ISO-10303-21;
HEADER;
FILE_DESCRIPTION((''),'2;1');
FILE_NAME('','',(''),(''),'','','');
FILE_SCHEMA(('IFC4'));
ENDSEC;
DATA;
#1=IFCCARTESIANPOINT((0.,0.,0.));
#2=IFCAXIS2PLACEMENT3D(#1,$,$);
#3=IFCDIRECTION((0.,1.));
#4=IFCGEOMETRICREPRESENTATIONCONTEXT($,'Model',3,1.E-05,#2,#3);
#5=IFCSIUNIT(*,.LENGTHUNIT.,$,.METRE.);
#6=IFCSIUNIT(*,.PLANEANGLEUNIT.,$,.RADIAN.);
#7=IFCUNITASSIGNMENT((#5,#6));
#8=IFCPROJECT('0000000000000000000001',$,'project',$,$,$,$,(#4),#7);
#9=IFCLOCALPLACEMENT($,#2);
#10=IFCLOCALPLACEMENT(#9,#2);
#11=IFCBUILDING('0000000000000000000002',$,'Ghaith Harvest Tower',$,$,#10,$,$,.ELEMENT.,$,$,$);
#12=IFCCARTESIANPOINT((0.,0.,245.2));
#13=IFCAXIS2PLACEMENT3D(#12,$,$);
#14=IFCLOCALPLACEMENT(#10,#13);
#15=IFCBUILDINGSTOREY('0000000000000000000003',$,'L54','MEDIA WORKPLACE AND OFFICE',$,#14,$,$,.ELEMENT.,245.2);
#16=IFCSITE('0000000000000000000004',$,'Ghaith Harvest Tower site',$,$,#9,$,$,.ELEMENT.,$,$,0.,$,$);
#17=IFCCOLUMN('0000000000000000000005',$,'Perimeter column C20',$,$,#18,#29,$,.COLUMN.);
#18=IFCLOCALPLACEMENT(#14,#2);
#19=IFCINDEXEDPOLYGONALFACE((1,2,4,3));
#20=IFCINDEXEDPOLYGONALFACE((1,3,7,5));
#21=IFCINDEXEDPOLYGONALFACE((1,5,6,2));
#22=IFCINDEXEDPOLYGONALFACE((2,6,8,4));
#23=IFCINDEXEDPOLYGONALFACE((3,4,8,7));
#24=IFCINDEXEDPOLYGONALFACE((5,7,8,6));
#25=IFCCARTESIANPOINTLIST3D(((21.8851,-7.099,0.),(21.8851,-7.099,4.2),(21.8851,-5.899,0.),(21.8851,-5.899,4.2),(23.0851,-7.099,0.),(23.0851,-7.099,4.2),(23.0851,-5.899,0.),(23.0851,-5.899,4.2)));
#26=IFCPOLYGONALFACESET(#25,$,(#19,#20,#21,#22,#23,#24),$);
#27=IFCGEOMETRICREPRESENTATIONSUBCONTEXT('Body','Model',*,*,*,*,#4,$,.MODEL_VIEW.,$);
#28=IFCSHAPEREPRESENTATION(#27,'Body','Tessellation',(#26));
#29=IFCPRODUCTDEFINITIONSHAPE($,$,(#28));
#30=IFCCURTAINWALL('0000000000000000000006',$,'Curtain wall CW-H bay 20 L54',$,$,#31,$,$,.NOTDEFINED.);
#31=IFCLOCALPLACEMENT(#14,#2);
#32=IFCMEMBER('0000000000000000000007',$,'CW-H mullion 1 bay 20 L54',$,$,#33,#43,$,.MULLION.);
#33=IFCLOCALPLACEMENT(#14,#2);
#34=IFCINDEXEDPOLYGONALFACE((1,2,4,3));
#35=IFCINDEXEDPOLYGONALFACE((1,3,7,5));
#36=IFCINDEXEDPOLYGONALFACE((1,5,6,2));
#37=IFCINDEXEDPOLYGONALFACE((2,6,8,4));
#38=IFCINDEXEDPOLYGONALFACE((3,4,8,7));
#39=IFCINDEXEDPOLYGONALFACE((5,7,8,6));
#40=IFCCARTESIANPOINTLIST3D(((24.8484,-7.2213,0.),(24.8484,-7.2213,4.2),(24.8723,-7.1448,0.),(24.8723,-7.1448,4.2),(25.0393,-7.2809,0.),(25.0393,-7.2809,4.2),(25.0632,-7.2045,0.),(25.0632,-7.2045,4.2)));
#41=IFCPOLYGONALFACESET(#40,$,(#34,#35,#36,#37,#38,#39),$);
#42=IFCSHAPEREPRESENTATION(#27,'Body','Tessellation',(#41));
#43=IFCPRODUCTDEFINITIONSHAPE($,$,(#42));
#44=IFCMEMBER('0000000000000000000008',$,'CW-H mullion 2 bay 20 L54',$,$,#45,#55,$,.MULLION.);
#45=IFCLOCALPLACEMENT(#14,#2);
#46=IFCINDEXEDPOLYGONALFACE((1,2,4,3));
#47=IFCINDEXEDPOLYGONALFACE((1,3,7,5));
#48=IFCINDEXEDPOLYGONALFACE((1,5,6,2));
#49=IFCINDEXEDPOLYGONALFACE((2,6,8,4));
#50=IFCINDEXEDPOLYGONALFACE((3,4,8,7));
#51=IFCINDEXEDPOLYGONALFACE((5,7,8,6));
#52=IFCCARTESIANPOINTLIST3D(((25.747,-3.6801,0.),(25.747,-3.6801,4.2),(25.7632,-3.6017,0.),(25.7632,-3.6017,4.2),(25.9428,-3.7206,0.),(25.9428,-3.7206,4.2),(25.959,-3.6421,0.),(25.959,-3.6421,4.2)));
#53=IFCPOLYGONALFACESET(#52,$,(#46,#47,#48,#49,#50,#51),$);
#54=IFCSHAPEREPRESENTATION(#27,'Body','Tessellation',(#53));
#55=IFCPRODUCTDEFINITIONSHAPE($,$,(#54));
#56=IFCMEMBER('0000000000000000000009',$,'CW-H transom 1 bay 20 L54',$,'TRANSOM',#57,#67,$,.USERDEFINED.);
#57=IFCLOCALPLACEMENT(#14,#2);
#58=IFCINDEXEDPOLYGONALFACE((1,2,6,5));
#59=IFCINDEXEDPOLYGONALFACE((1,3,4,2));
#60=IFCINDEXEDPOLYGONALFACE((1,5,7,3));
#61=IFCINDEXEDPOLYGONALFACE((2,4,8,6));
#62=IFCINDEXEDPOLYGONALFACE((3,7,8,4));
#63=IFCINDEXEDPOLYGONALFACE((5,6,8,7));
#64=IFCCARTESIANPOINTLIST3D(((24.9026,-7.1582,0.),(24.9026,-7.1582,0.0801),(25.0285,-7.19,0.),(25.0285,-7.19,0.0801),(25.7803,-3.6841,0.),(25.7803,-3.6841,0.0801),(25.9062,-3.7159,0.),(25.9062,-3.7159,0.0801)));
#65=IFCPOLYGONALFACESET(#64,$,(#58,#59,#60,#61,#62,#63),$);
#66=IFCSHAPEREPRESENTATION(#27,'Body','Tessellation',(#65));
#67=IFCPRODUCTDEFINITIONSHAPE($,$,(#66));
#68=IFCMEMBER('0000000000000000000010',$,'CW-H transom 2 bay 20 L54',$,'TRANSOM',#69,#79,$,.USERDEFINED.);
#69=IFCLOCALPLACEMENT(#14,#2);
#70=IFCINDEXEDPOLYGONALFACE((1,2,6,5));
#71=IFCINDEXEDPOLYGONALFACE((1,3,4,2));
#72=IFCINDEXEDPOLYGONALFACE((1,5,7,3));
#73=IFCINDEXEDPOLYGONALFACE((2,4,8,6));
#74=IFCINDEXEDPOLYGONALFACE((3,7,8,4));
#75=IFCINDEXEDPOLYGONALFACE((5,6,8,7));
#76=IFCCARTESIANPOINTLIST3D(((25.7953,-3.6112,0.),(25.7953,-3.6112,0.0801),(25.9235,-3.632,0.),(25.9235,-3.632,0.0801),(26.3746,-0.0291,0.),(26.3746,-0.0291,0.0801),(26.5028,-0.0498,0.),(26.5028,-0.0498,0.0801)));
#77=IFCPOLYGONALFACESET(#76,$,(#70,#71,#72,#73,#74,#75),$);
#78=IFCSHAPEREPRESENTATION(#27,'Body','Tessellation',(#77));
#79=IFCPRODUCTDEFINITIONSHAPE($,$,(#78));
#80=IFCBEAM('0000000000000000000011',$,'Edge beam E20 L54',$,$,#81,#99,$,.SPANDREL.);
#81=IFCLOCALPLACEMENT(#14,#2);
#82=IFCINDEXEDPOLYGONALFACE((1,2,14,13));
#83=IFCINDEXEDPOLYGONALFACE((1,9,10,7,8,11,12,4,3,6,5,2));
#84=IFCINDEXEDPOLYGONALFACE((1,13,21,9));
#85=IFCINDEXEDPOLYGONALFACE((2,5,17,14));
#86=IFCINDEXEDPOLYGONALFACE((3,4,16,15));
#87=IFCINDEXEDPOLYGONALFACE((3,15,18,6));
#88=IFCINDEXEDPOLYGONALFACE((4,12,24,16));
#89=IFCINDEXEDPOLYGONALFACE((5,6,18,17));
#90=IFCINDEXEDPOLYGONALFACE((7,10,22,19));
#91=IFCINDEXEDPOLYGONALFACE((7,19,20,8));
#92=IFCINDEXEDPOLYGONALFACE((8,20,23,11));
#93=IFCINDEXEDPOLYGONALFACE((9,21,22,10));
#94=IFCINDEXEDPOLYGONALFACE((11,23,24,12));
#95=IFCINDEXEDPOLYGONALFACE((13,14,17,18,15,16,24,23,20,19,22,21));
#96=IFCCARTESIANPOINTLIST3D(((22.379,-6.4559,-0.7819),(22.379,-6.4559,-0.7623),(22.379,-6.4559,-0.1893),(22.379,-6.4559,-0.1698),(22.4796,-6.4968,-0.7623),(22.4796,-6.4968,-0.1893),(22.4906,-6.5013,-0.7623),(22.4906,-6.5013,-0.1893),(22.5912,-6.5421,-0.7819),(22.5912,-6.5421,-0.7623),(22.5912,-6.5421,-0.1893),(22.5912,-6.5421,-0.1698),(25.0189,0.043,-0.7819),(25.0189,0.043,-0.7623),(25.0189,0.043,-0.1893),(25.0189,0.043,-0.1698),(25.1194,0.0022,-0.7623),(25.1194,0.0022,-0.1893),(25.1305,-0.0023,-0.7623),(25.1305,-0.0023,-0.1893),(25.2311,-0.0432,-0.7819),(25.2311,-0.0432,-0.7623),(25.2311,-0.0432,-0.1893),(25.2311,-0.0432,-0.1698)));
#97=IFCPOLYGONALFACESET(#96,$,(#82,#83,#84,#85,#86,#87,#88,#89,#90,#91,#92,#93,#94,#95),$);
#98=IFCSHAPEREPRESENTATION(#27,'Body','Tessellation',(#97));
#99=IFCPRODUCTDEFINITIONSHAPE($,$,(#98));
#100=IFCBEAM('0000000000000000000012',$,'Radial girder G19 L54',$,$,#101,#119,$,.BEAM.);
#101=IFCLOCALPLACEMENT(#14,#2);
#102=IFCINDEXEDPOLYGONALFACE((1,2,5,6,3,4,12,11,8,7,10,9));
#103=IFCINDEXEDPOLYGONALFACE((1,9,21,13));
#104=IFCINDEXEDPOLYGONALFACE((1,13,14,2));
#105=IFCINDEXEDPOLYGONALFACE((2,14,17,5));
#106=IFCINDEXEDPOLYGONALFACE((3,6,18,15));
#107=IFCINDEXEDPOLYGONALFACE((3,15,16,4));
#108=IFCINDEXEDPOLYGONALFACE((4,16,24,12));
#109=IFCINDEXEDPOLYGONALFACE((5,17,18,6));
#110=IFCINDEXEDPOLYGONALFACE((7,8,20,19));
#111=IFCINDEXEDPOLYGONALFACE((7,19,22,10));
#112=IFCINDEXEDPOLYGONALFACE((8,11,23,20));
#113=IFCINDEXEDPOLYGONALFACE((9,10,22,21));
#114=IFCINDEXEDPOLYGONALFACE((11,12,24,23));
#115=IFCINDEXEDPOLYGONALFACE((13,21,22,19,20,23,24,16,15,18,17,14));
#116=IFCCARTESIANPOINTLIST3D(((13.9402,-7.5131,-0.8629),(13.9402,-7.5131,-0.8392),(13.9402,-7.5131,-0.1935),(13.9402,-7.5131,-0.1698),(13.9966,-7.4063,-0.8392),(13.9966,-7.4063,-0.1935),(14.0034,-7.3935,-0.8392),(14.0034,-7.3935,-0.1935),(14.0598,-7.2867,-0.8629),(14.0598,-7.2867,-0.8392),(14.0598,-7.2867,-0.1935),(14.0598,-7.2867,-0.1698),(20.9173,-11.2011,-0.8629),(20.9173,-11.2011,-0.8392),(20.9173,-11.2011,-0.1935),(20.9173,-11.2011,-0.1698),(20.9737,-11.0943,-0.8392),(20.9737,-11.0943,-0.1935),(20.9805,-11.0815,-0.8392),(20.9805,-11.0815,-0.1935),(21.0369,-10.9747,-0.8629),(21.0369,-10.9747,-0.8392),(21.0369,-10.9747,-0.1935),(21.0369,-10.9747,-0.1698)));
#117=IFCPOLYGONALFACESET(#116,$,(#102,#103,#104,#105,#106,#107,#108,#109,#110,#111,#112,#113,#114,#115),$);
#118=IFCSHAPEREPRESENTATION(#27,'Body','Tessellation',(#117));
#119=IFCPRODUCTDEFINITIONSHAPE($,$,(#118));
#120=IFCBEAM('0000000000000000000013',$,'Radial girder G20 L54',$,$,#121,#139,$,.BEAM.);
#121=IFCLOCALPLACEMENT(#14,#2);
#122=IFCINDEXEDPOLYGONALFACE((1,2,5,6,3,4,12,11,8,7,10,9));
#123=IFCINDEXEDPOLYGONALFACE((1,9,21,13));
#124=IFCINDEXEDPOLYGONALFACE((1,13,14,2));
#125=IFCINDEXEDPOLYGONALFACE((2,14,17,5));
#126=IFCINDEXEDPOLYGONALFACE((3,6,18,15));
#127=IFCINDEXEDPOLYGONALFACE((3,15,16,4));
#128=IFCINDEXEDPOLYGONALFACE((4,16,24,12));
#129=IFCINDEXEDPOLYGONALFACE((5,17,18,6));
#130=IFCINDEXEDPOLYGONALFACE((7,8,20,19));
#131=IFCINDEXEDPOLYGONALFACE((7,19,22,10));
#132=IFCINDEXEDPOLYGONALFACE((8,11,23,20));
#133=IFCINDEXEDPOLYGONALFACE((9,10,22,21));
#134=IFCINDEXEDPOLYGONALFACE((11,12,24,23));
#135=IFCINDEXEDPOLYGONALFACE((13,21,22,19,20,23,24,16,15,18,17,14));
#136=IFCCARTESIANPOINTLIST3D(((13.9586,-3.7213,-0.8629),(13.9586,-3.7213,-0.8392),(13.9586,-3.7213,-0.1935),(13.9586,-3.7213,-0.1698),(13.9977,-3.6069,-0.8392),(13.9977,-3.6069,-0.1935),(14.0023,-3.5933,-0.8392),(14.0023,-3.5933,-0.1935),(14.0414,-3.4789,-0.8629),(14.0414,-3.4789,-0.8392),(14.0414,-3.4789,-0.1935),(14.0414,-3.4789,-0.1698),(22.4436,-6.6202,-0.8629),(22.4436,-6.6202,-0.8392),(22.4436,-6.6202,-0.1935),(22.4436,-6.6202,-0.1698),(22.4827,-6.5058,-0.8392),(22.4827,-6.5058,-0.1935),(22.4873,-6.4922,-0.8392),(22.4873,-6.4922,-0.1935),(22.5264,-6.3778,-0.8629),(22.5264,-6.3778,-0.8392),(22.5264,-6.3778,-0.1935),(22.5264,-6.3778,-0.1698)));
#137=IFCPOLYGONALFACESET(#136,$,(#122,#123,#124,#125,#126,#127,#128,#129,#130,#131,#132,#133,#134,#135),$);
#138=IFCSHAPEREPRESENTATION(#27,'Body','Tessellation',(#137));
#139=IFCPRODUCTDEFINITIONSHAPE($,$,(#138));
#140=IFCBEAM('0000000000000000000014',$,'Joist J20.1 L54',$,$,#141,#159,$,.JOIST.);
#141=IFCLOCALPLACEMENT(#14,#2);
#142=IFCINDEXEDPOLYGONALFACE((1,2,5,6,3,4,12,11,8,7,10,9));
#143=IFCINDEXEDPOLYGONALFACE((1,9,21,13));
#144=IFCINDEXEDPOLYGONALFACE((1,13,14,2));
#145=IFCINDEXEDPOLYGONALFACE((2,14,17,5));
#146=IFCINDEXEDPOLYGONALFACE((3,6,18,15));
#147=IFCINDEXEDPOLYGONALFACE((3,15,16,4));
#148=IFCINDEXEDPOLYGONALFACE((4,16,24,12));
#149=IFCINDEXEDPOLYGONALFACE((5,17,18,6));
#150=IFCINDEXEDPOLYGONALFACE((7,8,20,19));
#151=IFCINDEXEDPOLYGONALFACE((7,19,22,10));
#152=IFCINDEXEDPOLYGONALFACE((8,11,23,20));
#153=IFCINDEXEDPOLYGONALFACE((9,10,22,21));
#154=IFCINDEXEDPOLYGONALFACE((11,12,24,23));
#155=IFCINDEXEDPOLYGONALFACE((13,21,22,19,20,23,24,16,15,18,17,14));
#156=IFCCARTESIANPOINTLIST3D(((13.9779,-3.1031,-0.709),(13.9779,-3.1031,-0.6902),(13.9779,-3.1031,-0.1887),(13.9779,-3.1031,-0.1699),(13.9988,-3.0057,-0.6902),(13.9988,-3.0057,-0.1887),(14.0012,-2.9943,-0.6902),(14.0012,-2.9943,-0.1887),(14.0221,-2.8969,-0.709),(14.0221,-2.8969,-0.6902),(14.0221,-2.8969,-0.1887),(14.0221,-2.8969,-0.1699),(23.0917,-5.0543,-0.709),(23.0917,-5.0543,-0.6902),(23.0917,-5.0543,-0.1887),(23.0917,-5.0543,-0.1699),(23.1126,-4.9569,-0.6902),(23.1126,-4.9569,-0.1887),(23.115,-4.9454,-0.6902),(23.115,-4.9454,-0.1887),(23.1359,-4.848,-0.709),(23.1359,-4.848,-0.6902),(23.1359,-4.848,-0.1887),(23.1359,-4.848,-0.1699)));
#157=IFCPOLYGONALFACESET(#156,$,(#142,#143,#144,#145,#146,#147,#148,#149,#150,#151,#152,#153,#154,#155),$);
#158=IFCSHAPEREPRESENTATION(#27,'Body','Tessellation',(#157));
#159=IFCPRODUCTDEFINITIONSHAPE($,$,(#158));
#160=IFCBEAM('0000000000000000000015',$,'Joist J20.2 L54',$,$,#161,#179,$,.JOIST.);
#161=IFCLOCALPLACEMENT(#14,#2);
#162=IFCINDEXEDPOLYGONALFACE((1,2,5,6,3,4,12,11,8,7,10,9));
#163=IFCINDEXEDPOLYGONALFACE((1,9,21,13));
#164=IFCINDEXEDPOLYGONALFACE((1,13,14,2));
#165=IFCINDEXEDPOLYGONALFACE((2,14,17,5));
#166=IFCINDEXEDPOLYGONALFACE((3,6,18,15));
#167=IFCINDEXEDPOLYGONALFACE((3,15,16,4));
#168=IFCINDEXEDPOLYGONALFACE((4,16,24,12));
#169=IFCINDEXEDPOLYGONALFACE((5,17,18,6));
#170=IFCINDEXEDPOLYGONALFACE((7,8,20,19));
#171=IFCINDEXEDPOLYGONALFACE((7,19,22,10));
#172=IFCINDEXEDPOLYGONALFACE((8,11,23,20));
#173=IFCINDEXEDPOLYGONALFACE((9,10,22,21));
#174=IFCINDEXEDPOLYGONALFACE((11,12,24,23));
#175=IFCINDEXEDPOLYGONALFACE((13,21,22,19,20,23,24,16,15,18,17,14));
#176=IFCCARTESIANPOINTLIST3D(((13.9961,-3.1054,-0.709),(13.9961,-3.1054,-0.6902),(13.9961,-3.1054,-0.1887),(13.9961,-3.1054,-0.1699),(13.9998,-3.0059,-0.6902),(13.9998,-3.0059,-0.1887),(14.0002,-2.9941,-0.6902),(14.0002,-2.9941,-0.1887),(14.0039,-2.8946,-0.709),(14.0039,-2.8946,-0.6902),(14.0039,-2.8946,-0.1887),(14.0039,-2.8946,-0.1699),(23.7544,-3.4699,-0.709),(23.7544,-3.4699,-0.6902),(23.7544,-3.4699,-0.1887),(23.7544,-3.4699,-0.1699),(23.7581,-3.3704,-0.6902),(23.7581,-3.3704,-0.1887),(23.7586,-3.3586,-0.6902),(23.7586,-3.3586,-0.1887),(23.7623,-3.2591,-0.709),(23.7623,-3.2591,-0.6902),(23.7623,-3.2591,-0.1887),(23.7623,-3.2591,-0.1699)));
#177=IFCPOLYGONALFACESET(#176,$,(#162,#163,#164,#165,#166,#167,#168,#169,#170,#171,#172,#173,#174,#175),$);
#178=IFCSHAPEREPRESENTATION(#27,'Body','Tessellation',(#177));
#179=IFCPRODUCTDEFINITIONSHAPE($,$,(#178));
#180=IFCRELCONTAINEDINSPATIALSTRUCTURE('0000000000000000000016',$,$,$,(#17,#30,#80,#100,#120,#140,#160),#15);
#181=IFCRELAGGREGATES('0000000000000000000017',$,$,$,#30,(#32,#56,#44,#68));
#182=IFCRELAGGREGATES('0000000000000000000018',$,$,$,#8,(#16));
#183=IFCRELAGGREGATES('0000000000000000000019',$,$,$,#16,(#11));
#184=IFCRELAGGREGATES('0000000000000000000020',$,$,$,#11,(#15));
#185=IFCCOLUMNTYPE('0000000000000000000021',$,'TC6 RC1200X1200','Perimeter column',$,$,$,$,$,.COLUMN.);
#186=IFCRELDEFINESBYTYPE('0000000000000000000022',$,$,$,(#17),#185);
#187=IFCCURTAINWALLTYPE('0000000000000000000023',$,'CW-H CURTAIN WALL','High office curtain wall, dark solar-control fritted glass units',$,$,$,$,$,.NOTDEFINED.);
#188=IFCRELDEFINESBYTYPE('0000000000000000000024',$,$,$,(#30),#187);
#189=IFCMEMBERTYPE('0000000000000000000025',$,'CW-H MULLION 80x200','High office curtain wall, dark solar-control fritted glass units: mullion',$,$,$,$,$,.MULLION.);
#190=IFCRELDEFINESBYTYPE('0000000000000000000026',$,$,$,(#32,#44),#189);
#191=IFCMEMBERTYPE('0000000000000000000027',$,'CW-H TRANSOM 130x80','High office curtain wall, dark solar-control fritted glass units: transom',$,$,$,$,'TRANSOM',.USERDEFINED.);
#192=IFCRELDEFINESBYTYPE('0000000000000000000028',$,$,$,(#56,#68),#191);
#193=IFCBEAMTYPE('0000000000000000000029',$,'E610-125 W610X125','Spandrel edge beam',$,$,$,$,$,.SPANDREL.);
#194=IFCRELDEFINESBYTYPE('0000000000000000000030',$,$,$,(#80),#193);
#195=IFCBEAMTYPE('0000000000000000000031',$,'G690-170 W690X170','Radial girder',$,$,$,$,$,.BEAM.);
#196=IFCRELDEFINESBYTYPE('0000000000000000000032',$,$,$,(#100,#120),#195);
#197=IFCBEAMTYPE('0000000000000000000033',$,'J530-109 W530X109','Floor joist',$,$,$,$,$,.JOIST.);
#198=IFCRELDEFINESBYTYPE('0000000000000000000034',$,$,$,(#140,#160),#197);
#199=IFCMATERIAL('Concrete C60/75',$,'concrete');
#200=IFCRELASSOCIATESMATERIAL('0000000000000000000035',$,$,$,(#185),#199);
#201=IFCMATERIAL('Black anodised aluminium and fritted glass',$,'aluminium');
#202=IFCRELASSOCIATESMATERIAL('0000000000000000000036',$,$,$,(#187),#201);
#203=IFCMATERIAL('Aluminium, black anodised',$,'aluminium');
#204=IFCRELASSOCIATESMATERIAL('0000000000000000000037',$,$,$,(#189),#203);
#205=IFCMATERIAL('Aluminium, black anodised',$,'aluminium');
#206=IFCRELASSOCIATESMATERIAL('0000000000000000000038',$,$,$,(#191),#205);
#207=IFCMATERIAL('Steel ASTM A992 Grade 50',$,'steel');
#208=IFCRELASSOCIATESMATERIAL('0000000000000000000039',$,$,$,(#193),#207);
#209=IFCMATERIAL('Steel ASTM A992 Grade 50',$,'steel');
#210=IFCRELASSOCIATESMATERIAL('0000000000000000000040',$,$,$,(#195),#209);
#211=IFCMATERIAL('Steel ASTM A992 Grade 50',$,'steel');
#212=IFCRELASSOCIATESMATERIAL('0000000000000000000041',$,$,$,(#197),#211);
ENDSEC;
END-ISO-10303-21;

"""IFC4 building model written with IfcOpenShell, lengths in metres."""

from ifc_helpers import new_model, si_unit, direction, frame, origin, origin_2d, place, context, subcontext, project, spatial, rectangle, i_section, extrude, material, material_profile, profile_set, type_object, element, aggregate, save


model = new_model("IFC4")

# Units and contexts
model_context = context("Model", 3, precision=1e-05, world=origin(), true_north=direction((0.0, 1.0)))
body_context = subcontext(model_context, "Body", "Model", "MODEL_VIEW")
ifc_project = project(units=[si_unit("LENGTHUNIT", "METRE"), si_unit("PLANEANGLEUNIT", "RADIAN")], contexts=[model_context])

# Site, building, storey
site_placement = place(None, origin())
site = spatial("IfcSite", under=ifc_project, at=site_placement, Name="Ghaith Harvest Tower site", CompositionType="ELEMENT", RefElevation=0.0)
building_placement = place(site_placement, origin())
building = spatial("IfcBuilding", under=site, at=building_placement, Name="Ghaith Harvest Tower", CompositionType="ELEMENT")
storey_placement = place(building_placement, frame((0.0, 0.0, 245.2)))
storey = spatial("IfcBuildingStorey", under=building, at=storey_placement, Name="L54", Description="MEDIA WORKPLACE AND OFFICE", CompositionType="ELEMENT", Elevation=245.2)

# Column
ifc_material_1 = material(Name="Concrete C60/75", Category="concrete")
ifc_material_profile_1 = material_profile(ifc_material_1, rectangle(XDim=1.2, YDim=1.2, at=origin_2d()), Name="RC1200X1200")
ifc_profile_set_1 = profile_set([ifc_material_profile_1], Name="Concrete C60/75")
column_type = type_object("IfcColumnType", Name="TC6 RC1200X1200", Description="Perimeter column", PredefinedType="COLUMN", material=ifc_profile_set_1)
column_placement = place(storey_placement, frame((22.4851, -6.499, 0.0), z_axis=(0.0, 0.0, 1.0), x_axis=(1.0, 0.0, 0.0)))
element("IfcColumn", 1, at=column_placement, inside=storey, type_object=column_type, Name="Perimeter column C20", PredefinedType="COLUMN", context=body_context, shape_type="SweptSolid", body=[
    extrude(rectangle(XDim=1.2, YDim=1.2, at=origin_2d()), origin(), (0.0, 0.0, 1.0), 4.2),
])

# Curtain wall, members
ifc_material_2 = material(Name="Black anodised aluminium and fritted glass", Category="aluminium")
curtain_wall_type = type_object("IfcCurtainWallType", Name="CW-H CURTAIN WALL", Description="High office curtain wall, dark solar-control fritted glass units", PredefinedType="NOTDEFINED", material=ifc_material_2)
curtain_wall_1_placement = place(storey_placement, origin())
curtain_wall_1 = element("IfcCurtainWall", 2, at=curtain_wall_1_placement, inside=storey, type_object=curtain_wall_type, Name="Curtain wall CW-H bay 20 L54", PredefinedType="NOTDEFINED")
ifc_material_3 = material(Name="Aluminium, black anodised", Category="aluminium")
ifc_material_profile_2 = material_profile(ifc_material_3, rectangle(XDim=0.0801, YDim=0.2, at=origin_2d()), Name="CW-H MULLION 80x200")
ifc_profile_set_2 = profile_set([ifc_material_profile_2], Name="Aluminium, black anodised")
member_type_1 = type_object("IfcMemberType", Name="CW-H MULLION 80x200", Description="High office curtain wall, dark solar-control fritted glass units: mullion", PredefinedType="MULLION", material=ifc_profile_set_2)
member_1_placement = place(storey_placement, frame((24.9558, -7.2129, 0.0), z_axis=(0.0, 0.0, 1.0), x_axis=(0.298442, 0.954428, 0.0)))
member_1 = element("IfcMember", 3, at=member_1_placement, type_object=member_type_1, Name="CW-H mullion 1 bay 20 L54", PredefinedType="MULLION", context=body_context, shape_type="SweptSolid", body=[
    extrude(rectangle(XDim=0.0801, YDim=0.2, at=origin_2d()), origin(), (0.0, 0.0, 1.0), 4.2),
])
member_2_placement = place(storey_placement, frame((25.853, -3.6611, 0.0), z_axis=(0.0, 0.0, 1.0), x_axis=(0.202192, 0.979346, 0.0)))
member_2 = element("IfcMember", 4, at=member_2_placement, type_object=member_type_1, Name="CW-H mullion 2 bay 20 L54", PredefinedType="MULLION", context=body_context, shape_type="SweptSolid", body=[
    extrude(rectangle(XDim=0.0801, YDim=0.2, at=origin_2d()), origin(), (0.0, 0.0, 1.0), 4.2),
])
ifc_material_4 = material(Name="Aluminium, black anodised", Category="aluminium")
ifc_material_profile_3 = material_profile(ifc_material_4, rectangle(XDim=0.1299, YDim=0.0801, at=origin_2d()), Name="CW-H TRANSOM 130x80")
ifc_profile_set_3 = profile_set([ifc_material_profile_3], Name="Aluminium, black anodised")
member_type_2 = type_object("IfcMemberType", Name="CW-H TRANSOM 130x80", Description="High office curtain wall, dark solar-control fritted glass units: transom", ElementType="TRANSOM", PredefinedType="USERDEFINED", material=ifc_profile_set_3)
member_3_placement = place(storey_placement, frame((24.9656, -7.1741, 0.04), z_axis=(0.24494, 0.969538, 0.0), x_axis=(-0.969538, 0.24494, 0.0)))
member_3 = element("IfcMember", 5, at=member_3_placement, type_object=member_type_2, Name="CW-H transom 1 bay 20 L54", ObjectType="TRANSOM", PredefinedType="USERDEFINED", context=body_context, shape_type="SweptSolid", body=[
    extrude(rectangle(XDim=0.1299, YDim=0.0801, at=origin_2d()), origin(), (0.0, 0.0, 1.0), 3.5833),
])
member_4_placement = place(storey_placement, frame((25.8594, -3.6216, 0.04), z_axis=(0.159662, 0.987172, 0.0), x_axis=(-0.987172, 0.159662, 0.0)))
member_4 = element("IfcMember", 6, at=member_4_placement, type_object=member_type_2, Name="CW-H transom 2 bay 20 L54", ObjectType="TRANSOM", PredefinedType="USERDEFINED", context=body_context, shape_type="SweptSolid", body=[
    extrude(rectangle(XDim=0.1299, YDim=0.0801, at=origin_2d()), origin(), (0.0, 0.0, 1.0), 3.6287),
])

# Beams
ifc_material_5 = material(Name="Steel ASTM A992 Grade 50", Category="steel")
ifc_material_profile_4 = material_profile(ifc_material_5, i_section(OverallWidth=0.229, OverallDepth=0.6121, WebThickness=0.012, FlangeThickness=0.0195, at=origin_2d()), Name="W610X125")
ifc_profile_set_4 = profile_set([ifc_material_profile_4], Name="Steel ASTM A992 Grade 50")
beam_type_1 = type_object("IfcBeamType", Name="E610-125 W610X125", Description="Spandrel edge beam", PredefinedType="SPANDREL", material=ifc_profile_set_4)
beam_1_placement = place(storey_placement, frame((22.4851, -6.499, -0.4758), z_axis=(0.376336, 0.926483, 0.0), x_axis=(-0.926483, 0.376336, 0.0)))
element("IfcBeam", 7, at=beam_1_placement, inside=storey, type_object=beam_type_1, Name="Edge beam E20 L54", PredefinedType="SPANDREL", context=body_context, shape_type="SweptSolid", body=[
    extrude(i_section(OverallWidth=0.229, OverallDepth=0.6121, WebThickness=0.012, FlangeThickness=0.0195, at=origin_2d()), origin(), (0.0, 0.0, 1.0), 7.0146),
])
ifc_material_6 = material(Name="Steel ASTM A992 Grade 50", Category="steel")
ifc_material_profile_5 = material_profile(ifc_material_6, i_section(OverallWidth=0.2561, OverallDepth=0.6931, WebThickness=0.0144, FlangeThickness=0.0237, at=origin_2d()), Name="W690X170")
ifc_profile_set_5 = profile_set([ifc_material_profile_5], Name="Steel ASTM A992 Grade 50")
beam_type_2 = type_object("IfcBeamType", Name="G690-170 W690X170", Description="Radial girder", PredefinedType="BEAM", material=ifc_profile_set_5)
beam_2_placement = place(storey_placement, frame((14.0, -7.3999, -0.5164), z_axis=(0.884089, -0.467319, 0.0), x_axis=(0.467319, 0.884089, 0.0)))
element("IfcBeam", 8, at=beam_2_placement, inside=storey, type_object=beam_type_2, Name="Radial girder G19 L54", PredefinedType="BEAM", context=body_context, shape_type="SweptSolid", body=[
    extrude(i_section(OverallWidth=0.2561, OverallDepth=0.6931, WebThickness=0.0144, FlangeThickness=0.0237, at=origin_2d()), origin(), (0.0, 0.0, 1.0), 7.8918),
])
beam_3_placement = place(storey_placement, frame((14.0, -3.6001, -0.5164), z_axis=(0.946296, -0.323301, 0.0), x_axis=(0.323301, 0.946296, 0.0)))
element("IfcBeam", 9, at=beam_3_placement, inside=storey, type_object=beam_type_2, Name="Radial girder G20 L54", PredefinedType="BEAM", context=body_context, shape_type="SweptSolid", body=[
    extrude(i_section(OverallWidth=0.2561, OverallDepth=0.6931, WebThickness=0.0144, FlangeThickness=0.0237, at=origin_2d()), origin(), (0.0, 0.0, 1.0), 8.9666),
])
ifc_material_7 = material(Name="Steel ASTM A992 Grade 50", Category="steel")
ifc_material_profile_6 = material_profile(ifc_material_7, i_section(OverallWidth=0.2109, OverallDepth=0.5391, WebThickness=0.0117, FlangeThickness=0.0188, at=origin_2d()), Name="W530X109")
ifc_profile_set_6 = profile_set([ifc_material_profile_6], Name="Steel ASTM A992 Grade 50")
beam_type_3 = type_object("IfcBeamType", Name="J530-109 W530X109", Description="Floor joist", PredefinedType="JOIST", material=ifc_profile_set_6)
beam_4_placement = place(storey_placement, frame((14.0, -3.0, -0.4395), z_axis=(0.977841, -0.209347, 0.0), x_axis=(0.209347, 0.977841, 0.0)))
element("IfcBeam", 10, at=beam_4_placement, inside=storey, type_object=beam_type_3, Name="Joist J20.1 L54", PredefinedType="JOIST", context=body_context, shape_type="SweptSolid", body=[
    extrude(i_section(OverallWidth=0.2109, OverallDepth=0.5391, WebThickness=0.0117, FlangeThickness=0.0188, at=origin_2d()), origin(), (0.0, 0.0, 1.0), 9.3203),
])
beam_5_placement = place(storey_placement, frame((14.0, -3.0, -0.4395), z_axis=(0.999303, -0.037327, 0.0), x_axis=(0.037327, 0.999303, 0.0)))
element("IfcBeam", 11, at=beam_5_placement, inside=storey, type_object=beam_type_3, Name="Joist J20.2 L54", PredefinedType="JOIST", context=body_context, shape_type="SweptSolid", body=[
    extrude(i_section(OverallWidth=0.2109, OverallDepth=0.5391, WebThickness=0.0117, FlangeThickness=0.0188, at=origin_2d()), origin(), (0.0, 0.0, 1.0), 9.7651),
])

aggregate(curtain_wall_1, [member_1, member_3, member_2, member_4])

save(model, "model.ifc")
